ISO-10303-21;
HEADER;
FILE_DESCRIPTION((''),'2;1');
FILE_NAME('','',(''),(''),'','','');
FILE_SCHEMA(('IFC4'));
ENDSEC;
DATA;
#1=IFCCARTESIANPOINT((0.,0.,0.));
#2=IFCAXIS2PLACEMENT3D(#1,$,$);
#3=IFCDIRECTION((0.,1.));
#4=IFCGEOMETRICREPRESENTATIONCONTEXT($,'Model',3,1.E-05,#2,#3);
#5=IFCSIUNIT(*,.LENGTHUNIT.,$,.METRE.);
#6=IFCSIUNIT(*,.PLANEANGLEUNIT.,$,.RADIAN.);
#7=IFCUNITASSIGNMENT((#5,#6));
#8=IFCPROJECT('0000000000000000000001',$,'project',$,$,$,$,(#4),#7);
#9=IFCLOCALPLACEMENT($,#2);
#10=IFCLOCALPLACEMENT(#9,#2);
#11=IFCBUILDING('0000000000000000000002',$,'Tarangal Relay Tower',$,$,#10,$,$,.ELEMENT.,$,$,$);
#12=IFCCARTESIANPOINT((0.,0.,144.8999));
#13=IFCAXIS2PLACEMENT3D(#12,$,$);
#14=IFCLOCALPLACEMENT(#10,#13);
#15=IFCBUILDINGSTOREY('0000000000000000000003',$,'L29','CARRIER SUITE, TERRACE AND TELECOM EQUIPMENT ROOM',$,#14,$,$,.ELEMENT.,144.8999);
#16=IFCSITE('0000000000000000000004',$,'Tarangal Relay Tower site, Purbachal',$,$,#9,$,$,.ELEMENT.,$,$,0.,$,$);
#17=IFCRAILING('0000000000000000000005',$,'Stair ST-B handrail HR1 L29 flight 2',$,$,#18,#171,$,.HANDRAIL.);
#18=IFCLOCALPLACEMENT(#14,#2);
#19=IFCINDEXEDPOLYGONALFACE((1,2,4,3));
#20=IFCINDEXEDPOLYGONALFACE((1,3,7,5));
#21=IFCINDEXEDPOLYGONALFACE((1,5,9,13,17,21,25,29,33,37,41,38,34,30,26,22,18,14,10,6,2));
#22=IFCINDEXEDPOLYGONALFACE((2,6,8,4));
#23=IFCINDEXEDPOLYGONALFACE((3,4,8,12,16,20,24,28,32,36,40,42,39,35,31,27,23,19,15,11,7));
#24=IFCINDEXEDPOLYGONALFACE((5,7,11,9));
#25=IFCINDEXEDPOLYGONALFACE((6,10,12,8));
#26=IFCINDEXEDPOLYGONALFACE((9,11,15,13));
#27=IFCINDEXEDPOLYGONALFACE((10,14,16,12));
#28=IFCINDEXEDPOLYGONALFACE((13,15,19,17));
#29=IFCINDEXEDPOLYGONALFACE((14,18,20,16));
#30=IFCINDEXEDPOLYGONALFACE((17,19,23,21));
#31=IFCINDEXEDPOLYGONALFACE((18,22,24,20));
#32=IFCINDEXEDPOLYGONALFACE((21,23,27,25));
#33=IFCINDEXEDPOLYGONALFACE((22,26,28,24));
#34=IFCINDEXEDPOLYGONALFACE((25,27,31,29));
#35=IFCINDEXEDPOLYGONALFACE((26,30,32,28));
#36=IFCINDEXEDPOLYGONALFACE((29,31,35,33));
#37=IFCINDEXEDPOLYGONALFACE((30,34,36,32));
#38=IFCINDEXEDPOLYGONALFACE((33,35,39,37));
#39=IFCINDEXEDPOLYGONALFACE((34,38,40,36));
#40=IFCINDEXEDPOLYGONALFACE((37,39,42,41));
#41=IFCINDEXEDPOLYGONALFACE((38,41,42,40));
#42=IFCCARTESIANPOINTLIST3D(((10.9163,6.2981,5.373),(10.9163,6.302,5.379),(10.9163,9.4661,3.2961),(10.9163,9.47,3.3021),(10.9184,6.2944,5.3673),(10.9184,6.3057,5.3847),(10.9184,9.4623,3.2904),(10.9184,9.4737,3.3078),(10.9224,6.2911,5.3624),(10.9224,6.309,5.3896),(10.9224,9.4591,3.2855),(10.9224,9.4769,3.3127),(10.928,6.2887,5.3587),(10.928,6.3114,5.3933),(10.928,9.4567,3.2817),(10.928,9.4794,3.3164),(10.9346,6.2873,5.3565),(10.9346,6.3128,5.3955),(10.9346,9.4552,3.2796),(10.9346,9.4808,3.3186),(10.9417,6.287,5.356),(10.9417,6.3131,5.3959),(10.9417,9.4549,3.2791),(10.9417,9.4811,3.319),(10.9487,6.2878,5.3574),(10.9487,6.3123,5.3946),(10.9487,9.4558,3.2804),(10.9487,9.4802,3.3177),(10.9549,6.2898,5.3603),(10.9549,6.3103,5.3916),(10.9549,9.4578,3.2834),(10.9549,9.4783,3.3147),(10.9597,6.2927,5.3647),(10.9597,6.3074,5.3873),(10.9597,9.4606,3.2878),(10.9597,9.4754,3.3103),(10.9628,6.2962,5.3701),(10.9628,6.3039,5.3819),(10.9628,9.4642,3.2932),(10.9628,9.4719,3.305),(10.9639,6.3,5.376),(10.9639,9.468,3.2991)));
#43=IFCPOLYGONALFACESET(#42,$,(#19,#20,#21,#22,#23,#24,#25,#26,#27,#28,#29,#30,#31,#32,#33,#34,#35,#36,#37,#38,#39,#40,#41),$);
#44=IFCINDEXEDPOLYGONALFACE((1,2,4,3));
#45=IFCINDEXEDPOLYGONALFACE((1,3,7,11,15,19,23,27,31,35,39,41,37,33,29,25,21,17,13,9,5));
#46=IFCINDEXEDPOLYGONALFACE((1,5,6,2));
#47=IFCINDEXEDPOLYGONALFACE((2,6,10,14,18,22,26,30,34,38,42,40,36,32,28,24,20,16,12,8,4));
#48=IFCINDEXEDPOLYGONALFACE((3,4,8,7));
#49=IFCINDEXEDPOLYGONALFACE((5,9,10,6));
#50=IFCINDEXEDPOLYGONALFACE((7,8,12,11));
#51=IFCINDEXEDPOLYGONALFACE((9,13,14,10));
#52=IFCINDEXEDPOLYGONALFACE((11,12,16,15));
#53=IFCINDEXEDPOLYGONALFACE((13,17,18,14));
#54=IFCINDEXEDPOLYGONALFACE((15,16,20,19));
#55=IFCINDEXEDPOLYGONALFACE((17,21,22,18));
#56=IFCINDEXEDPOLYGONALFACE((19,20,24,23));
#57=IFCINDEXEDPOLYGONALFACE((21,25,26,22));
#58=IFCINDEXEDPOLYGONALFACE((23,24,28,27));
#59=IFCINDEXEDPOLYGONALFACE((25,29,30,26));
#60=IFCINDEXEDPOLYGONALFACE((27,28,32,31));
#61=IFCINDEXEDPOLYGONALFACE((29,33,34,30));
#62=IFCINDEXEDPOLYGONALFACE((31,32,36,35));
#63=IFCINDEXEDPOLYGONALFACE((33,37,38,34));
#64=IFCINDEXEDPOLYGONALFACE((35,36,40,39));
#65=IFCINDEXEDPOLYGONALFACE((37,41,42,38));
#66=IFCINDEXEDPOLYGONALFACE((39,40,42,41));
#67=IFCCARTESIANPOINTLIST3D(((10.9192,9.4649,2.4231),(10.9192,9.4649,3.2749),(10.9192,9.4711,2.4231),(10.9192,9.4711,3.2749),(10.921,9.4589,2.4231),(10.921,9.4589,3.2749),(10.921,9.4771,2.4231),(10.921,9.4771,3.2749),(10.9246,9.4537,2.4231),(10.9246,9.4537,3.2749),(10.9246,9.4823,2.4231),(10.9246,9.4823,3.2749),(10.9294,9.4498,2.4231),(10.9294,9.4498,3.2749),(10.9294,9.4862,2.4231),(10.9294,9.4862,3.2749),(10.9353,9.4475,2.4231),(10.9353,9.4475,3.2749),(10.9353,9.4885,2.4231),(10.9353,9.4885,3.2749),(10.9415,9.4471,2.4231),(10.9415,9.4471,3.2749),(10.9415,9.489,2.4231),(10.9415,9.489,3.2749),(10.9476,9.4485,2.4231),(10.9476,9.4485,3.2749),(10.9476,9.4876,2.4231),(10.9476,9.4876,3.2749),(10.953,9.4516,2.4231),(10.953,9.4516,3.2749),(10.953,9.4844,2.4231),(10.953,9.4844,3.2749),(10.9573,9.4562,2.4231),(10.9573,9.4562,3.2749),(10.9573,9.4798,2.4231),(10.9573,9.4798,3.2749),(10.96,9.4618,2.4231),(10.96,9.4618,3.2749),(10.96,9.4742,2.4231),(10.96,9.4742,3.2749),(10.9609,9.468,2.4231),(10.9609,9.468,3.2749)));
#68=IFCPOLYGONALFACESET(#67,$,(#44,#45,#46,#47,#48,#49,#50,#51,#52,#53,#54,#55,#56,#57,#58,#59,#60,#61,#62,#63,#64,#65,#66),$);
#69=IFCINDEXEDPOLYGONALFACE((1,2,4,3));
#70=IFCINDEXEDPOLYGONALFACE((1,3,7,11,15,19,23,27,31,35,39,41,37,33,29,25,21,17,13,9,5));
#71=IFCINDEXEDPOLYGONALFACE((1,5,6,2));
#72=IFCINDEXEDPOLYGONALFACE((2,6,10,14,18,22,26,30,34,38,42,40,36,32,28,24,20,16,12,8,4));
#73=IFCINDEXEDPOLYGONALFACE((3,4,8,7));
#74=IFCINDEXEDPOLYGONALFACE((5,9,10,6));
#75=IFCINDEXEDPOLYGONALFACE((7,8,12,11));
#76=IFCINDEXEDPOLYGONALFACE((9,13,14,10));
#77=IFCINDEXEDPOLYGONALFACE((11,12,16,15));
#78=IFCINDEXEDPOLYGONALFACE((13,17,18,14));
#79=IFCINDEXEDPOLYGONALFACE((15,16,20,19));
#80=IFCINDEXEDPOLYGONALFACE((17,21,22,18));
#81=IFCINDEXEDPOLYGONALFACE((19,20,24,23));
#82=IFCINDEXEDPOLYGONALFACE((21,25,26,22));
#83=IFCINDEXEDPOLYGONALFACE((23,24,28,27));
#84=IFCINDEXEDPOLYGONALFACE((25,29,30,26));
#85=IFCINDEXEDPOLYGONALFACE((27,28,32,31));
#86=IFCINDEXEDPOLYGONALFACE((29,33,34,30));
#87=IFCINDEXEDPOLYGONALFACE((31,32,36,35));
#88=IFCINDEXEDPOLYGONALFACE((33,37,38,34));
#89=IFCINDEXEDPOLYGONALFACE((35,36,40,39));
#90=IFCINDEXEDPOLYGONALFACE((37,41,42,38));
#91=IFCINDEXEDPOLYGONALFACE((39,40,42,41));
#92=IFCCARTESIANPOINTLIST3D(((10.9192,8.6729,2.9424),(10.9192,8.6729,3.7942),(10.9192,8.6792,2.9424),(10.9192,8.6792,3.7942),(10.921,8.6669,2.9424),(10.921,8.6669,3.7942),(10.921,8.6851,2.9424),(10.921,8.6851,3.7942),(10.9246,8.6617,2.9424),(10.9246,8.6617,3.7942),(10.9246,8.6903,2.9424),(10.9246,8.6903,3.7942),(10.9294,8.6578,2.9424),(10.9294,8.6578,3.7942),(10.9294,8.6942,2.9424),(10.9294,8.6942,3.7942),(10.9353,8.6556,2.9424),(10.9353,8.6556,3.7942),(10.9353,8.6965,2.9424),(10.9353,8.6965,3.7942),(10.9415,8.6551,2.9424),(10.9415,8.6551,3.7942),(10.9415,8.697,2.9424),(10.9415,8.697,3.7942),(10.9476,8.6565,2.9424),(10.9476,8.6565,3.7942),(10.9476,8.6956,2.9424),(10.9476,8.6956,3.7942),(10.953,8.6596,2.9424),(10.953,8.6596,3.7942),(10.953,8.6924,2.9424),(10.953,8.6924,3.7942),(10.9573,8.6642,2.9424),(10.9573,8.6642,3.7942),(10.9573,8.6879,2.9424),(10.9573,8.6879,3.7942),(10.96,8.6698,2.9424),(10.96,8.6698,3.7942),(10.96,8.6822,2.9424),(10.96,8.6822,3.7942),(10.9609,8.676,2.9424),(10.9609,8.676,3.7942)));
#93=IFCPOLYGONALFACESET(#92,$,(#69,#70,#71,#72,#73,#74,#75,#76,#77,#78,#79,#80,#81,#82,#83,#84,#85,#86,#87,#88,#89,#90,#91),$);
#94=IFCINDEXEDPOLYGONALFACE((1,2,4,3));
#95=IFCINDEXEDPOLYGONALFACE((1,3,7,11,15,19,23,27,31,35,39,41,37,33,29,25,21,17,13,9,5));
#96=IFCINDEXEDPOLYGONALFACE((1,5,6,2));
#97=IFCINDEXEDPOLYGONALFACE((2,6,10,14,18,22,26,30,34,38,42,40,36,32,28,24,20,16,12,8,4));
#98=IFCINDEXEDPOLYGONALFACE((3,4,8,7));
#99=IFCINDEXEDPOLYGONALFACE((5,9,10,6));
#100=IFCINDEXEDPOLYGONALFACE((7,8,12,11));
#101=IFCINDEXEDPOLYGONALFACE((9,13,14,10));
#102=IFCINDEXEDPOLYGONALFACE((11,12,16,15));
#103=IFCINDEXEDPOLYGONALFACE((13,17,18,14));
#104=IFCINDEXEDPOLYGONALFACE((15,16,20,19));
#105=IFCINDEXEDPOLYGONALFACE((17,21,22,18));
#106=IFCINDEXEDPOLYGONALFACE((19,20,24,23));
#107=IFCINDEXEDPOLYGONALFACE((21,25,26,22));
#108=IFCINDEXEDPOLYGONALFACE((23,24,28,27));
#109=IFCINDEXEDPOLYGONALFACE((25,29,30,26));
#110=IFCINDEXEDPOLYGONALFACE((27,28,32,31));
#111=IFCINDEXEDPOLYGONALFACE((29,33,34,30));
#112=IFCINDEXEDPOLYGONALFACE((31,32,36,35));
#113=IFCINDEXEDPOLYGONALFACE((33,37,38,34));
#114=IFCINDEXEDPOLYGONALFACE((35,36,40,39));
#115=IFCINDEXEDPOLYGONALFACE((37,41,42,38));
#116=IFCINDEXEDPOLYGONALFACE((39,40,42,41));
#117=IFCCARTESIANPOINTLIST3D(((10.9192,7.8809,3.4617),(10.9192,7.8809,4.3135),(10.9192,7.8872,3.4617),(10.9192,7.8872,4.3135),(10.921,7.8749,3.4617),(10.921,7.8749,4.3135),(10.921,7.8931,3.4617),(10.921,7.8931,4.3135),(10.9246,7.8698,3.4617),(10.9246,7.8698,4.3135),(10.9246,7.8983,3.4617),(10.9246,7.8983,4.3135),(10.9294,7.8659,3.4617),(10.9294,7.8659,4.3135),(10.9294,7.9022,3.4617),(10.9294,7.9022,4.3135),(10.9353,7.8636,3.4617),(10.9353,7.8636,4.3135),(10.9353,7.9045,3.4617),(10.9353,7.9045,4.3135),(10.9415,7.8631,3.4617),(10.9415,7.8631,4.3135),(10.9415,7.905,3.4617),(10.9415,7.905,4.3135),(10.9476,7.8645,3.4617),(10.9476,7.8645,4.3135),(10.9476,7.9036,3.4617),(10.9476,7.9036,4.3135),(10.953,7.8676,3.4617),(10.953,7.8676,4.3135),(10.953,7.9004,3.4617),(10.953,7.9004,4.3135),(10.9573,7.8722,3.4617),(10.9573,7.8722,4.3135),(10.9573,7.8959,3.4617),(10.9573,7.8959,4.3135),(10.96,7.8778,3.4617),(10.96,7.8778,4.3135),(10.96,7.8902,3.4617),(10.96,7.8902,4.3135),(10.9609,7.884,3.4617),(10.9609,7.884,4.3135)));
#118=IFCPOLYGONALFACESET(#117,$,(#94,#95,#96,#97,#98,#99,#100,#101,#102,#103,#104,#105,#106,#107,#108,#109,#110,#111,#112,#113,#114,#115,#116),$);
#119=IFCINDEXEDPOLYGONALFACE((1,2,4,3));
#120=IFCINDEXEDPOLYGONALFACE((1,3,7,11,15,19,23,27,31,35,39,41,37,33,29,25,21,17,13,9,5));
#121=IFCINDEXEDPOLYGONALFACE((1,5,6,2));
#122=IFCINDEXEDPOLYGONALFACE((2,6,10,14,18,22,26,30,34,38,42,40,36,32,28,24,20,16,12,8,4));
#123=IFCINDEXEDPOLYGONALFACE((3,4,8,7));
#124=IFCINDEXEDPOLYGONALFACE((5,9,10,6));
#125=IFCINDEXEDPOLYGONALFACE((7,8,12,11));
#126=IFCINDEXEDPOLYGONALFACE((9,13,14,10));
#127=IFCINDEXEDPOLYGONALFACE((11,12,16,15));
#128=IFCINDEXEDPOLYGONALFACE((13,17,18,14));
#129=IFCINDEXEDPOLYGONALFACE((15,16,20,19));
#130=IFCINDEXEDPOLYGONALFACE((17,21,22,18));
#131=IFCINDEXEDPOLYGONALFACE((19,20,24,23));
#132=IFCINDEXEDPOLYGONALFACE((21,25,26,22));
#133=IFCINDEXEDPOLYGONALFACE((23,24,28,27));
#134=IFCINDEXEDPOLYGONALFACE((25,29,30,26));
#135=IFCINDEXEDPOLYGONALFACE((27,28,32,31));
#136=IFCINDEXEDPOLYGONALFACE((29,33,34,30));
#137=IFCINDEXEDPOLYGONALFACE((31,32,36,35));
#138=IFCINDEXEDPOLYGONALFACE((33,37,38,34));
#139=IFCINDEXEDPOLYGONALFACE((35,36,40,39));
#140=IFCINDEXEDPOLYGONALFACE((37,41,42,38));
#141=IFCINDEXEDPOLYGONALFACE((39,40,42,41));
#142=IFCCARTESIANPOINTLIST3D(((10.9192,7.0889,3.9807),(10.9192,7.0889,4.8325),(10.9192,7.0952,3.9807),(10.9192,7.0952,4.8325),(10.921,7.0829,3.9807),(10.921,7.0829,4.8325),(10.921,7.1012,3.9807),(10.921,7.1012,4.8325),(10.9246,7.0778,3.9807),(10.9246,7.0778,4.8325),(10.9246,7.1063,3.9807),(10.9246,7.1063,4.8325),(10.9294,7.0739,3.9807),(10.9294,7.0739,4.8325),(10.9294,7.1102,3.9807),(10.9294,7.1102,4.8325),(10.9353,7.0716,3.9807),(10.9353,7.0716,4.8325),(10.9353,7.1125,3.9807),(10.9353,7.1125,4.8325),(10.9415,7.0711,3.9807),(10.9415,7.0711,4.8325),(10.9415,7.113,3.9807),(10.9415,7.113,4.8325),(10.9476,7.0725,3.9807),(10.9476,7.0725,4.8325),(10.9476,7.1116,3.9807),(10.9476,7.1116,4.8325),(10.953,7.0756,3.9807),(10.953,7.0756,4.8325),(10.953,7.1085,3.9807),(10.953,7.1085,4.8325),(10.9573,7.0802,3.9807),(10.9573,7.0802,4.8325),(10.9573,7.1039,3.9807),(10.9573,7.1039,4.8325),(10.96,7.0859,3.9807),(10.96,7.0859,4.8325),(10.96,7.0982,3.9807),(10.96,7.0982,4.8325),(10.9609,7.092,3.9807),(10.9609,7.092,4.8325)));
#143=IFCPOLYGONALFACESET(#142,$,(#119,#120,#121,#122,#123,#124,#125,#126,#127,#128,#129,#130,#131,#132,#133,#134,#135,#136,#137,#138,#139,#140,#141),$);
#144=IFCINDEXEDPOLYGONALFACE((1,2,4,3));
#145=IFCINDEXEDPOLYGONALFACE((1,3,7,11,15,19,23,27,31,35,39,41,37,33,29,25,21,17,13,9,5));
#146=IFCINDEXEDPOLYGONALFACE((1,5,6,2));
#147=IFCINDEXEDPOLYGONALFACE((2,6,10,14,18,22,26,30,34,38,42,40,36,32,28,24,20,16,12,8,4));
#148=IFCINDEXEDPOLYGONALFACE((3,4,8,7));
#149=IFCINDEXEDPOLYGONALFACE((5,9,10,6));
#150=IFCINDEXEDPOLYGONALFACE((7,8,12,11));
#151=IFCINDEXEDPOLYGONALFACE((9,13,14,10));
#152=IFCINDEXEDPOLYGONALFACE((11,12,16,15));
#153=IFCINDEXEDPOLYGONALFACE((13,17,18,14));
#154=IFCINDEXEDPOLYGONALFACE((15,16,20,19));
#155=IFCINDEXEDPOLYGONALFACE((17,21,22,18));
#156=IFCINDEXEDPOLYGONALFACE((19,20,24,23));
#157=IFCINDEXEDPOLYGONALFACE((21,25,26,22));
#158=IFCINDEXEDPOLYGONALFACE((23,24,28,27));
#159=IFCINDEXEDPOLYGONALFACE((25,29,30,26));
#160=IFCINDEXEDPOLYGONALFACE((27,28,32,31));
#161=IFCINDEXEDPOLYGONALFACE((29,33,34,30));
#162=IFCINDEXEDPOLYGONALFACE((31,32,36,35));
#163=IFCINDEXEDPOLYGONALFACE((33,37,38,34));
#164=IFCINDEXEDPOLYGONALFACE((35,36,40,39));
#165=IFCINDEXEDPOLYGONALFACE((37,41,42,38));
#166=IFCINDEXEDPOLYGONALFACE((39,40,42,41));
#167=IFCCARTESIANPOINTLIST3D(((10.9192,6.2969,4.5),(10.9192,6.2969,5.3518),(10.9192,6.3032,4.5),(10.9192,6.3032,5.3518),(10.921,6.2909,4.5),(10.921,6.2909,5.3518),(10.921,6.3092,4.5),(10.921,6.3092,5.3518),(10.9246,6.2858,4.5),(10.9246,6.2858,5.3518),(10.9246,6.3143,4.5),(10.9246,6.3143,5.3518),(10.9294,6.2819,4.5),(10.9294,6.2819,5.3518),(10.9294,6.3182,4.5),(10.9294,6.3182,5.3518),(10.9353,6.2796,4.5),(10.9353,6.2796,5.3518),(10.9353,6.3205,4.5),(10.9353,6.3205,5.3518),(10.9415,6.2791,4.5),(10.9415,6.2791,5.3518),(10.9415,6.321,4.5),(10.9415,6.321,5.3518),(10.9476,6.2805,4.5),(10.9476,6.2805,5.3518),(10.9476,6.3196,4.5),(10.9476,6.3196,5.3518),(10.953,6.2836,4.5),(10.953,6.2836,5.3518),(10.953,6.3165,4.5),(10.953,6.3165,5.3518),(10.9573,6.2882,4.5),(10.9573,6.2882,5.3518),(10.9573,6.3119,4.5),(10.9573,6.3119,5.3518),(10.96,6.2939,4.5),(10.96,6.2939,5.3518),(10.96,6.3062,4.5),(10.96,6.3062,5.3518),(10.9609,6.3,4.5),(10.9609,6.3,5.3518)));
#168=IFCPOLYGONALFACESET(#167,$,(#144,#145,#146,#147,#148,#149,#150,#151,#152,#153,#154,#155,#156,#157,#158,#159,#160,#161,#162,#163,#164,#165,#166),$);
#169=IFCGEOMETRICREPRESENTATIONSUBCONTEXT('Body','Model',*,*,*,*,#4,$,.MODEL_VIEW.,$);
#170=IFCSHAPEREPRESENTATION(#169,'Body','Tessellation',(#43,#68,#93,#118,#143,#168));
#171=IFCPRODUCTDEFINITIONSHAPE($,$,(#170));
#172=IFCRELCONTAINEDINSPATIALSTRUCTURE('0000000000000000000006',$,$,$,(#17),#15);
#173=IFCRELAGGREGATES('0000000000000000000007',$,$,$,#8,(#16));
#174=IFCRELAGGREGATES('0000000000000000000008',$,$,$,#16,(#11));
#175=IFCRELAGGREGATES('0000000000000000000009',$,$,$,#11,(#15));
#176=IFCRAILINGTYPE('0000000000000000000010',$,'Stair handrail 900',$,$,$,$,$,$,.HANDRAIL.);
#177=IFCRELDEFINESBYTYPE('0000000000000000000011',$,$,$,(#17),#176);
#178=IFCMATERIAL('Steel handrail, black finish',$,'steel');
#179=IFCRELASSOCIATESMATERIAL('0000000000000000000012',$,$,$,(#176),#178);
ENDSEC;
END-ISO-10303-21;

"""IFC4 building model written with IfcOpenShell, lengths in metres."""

from ifc_helpers import new_model, si_unit, direction, frame, origin, origin_2d, place, context, subcontext, project, spatial, circle, extrude, material, type_object, element, save


model = new_model("IFC4")

# Units and contexts
model_context = context("Model", 3, precision=1e-05, world=origin(), true_north=direction((0.0, 1.0)))
body_context = subcontext(model_context, "Body", "Model", "MODEL_VIEW")
ifc_project = project(units=[si_unit("LENGTHUNIT", "METRE"), si_unit("PLANEANGLEUNIT", "RADIAN")], contexts=[model_context])

# Site, building, storey
site_placement = place(None, origin())
site = spatial("IfcSite", under=ifc_project, at=site_placement, Name="Tarangal Relay Tower site, Purbachal", CompositionType="ELEMENT", RefElevation=0.0)
building_placement = place(site_placement, origin())
building = spatial("IfcBuilding", under=site, at=building_placement, Name="Tarangal Relay Tower", CompositionType="ELEMENT")
storey_placement = place(building_placement, frame((0.0, 0.0, 144.8999)))
storey = spatial("IfcBuildingStorey", under=building, at=storey_placement, Name="L29", Description="CARRIER SUITE, TERRACE AND TELECOM EQUIPMENT ROOM", CompositionType="ELEMENT", Elevation=144.8999)

# Railing
ifc_material_1 = material(Name="Steel handrail, black finish", Category="steel")
railing_type_1 = type_object("IfcRailingType", Name="Stair handrail 900", PredefinedType="HANDRAIL", material=ifc_material_1)
railing_1_placement = place(storey_placement, frame((10.9399, 9.468, 2.4231)))
element("IfcRailing", 1, at=railing_1_placement, inside=storey, type_object=railing_type_1, Name="Stair ST-B handrail HR1 L29 flight 2", PredefinedType="HANDRAIL", context=body_context, shape_type="SweptSolid", body=[
    extrude(circle(Radius=0.0239, at=origin_2d()), frame((0.0, 0.0, 0.876), z_axis=(0.0, -0.836299, 0.548273), x_axis=(1.0, 0.0, 0.0)), (0.0, 0.0, 1.0), 3.7881),
    extrude(circle(Radius=0.021, at=origin_2d()), origin(), (0.0, 0.0, 1.0), 0.8518),
    extrude(circle(Radius=0.021, at=origin_2d()), frame((0.0, -0.792, 0.5193)), (0.0, 0.0, 1.0), 0.8518),
    extrude(circle(Radius=0.021, at=origin_2d()), frame((0.0, -1.584, 1.0386)), (0.0, 0.0, 1.0), 0.8518),
    extrude(circle(Radius=0.021, at=origin_2d()), frame((0.0, -2.376, 1.5576)), (0.0, 0.0, 1.0), 0.8518),
    extrude(circle(Radius=0.021, at=origin_2d()), frame((0.0, -3.168, 2.0769)), (0.0, 0.0, 1.0), 0.8518),
])

save(model, "model.ifc")
